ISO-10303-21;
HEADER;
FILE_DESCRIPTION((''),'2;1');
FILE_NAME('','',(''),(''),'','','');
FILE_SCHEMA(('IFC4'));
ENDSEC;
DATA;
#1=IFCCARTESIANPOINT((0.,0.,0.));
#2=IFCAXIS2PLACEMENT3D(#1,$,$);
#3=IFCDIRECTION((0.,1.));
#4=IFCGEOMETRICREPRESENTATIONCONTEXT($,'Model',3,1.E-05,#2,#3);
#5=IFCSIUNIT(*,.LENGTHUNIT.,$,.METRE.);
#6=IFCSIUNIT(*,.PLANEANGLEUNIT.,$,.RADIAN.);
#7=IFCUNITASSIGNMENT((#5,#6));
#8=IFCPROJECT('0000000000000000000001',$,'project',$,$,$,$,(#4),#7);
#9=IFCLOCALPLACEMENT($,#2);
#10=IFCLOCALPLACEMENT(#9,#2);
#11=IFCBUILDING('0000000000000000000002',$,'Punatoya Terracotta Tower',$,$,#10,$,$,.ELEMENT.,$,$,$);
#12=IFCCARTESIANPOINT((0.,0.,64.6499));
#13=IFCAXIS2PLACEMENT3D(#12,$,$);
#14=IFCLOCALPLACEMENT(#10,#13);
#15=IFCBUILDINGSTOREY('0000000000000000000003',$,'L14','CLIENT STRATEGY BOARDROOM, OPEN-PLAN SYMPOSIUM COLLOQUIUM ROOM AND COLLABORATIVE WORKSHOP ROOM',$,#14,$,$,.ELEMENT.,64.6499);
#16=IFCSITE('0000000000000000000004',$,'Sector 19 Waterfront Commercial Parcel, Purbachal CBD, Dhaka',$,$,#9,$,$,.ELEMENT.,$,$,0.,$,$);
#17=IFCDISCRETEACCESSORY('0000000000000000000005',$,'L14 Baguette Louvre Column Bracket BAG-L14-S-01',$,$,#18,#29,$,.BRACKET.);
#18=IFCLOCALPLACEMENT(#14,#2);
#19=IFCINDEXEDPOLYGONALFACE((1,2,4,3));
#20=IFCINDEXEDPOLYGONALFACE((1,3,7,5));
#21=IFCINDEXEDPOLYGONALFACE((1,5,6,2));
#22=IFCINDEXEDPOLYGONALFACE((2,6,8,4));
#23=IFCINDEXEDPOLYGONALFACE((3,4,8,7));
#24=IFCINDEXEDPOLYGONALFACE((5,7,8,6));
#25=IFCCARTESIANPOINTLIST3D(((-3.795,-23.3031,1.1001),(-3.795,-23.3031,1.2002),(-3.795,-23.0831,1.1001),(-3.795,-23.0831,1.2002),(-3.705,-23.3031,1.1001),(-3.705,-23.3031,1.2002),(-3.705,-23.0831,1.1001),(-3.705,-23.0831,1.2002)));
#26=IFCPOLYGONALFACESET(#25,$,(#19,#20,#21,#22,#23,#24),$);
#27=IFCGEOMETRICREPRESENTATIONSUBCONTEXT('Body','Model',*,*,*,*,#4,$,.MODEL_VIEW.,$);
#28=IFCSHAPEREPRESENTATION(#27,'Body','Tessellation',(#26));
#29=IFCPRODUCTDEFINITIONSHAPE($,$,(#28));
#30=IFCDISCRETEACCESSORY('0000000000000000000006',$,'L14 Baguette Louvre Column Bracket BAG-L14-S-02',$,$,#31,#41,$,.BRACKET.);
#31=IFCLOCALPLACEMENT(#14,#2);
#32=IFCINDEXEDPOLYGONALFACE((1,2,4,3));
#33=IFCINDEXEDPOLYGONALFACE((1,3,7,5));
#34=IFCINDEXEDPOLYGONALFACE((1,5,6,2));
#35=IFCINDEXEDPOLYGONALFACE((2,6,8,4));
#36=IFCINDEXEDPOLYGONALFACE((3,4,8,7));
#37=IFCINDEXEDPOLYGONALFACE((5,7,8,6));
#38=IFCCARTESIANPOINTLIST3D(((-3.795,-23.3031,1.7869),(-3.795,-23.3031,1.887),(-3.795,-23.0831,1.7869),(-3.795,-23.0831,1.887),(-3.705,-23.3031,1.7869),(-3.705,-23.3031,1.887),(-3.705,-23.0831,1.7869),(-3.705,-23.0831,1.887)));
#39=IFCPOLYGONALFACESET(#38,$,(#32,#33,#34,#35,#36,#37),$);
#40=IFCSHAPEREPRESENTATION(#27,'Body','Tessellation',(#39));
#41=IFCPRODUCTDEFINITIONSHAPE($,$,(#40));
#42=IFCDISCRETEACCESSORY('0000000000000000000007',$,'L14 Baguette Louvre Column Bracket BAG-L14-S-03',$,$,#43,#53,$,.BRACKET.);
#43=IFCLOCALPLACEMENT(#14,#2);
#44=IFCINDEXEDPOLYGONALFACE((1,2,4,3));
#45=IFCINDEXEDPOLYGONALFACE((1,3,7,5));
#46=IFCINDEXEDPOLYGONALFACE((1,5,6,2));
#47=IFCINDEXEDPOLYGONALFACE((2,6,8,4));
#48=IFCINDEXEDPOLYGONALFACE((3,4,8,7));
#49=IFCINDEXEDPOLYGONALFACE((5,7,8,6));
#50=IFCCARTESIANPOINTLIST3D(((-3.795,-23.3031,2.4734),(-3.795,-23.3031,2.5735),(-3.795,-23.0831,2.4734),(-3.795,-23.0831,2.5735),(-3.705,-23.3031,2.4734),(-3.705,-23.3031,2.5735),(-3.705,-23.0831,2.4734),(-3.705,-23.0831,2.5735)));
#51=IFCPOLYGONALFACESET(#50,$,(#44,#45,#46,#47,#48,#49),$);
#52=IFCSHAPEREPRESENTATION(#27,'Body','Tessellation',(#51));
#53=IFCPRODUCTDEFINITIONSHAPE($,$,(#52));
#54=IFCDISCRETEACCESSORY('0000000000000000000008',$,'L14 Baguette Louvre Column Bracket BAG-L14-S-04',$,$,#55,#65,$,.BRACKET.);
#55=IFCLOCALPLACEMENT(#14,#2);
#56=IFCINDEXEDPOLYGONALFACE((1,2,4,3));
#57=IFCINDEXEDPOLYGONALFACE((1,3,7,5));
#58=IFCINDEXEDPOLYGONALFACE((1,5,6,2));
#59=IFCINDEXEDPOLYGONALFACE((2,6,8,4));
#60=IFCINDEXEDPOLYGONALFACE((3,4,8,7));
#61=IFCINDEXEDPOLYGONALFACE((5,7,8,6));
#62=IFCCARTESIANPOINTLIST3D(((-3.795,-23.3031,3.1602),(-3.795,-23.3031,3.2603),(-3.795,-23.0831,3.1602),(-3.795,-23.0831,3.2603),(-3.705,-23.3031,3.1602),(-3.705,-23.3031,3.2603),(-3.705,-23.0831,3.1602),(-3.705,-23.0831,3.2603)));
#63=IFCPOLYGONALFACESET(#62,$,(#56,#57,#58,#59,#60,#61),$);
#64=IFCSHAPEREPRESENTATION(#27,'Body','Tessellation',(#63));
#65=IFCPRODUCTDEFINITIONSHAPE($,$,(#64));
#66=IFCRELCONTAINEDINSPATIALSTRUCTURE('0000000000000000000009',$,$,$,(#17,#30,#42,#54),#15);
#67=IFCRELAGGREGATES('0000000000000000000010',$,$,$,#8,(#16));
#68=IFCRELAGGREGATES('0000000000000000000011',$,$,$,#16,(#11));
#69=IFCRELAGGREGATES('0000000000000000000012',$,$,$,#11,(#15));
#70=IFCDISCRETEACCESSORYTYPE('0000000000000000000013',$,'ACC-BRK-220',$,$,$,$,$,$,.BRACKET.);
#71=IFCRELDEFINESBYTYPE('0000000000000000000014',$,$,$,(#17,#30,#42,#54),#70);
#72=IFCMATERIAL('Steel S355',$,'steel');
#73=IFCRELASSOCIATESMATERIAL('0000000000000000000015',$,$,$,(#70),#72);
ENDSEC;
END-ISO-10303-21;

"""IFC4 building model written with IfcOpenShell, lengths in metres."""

from ifc_helpers import new_model, si_unit, direction, frame, origin, origin_2d, place, context, subcontext, project, spatial, rectangle, extrude, material, type_object, element, save


model = new_model("IFC4")

# Units and contexts
model_context = context("Model", 3, precision=1e-05, world=origin(), true_north=direction((0.0, 1.0)))
body_context = subcontext(model_context, "Body", "Model", "MODEL_VIEW")
ifc_project = project(units=[si_unit("LENGTHUNIT", "METRE"), si_unit("PLANEANGLEUNIT", "RADIAN")], contexts=[model_context])

# Site, building, storey
site_placement = place(None, origin())
site = spatial("IfcSite", under=ifc_project, at=site_placement, Name="Sector 19 Waterfront Commercial Parcel, Purbachal CBD, Dhaka", CompositionType="ELEMENT", RefElevation=0.0)
building_placement = place(site_placement, origin())
building = spatial("IfcBuilding", under=site, at=building_placement, Name="Punatoya Terracotta Tower", CompositionType="ELEMENT")
storey_placement = place(building_placement, frame((0.0, 0.0, 64.6499)))
storey = spatial("IfcBuildingStorey", under=building, at=storey_placement, Name="L14", Description="CLIENT STRATEGY BOARDROOM, OPEN-PLAN SYMPOSIUM COLLOQUIUM ROOM AND COLLABORATIVE WORKSHOP ROOM", CompositionType="ELEMENT", Elevation=64.6499)

# Shared definitions
ifc_material_1 = material(Name="Steel S355", Category="steel")

# Discrete accessories
discrete_accessory_type = type_object("IfcDiscreteAccessoryType", Name="ACC-BRK-220", PredefinedType="BRACKET", material=ifc_material_1)
for number, where, z_axis, x_axis, name in (
    (1, (-3.75, -23.1931, 1.1001), (0.0, 0.0, 1.0), (1.0, 0.0, 0.0), "L14 Baguette Louvre Column Bracket BAG-L14-S-01"),
    (2, (-3.75, -23.1931, 1.7869), (0.0, 0.0, 1.0), (1.0, 0.0, 0.0), "L14 Baguette Louvre Column Bracket BAG-L14-S-02"),
    (3, (-3.75, -23.1931, 2.4734), (0.0, 0.0, 1.0), (1.0, 0.0, 0.0), "L14 Baguette Louvre Column Bracket BAG-L14-S-03"),
    (4, (-3.75, -23.1931, 3.1602), (0.0, 0.0, 1.0), (1.0, 0.0, 0.0), "L14 Baguette Louvre Column Bracket BAG-L14-S-04"),
):
    element("IfcDiscreteAccessory", number, at=place(storey_placement, frame(where, z_axis=z_axis, x_axis=x_axis)), inside=storey, type_object=discrete_accessory_type, Name=name, PredefinedType="BRACKET", context=body_context, shape_type="SweptSolid", body=[
        extrude(rectangle(XDim=0.0901, YDim=0.22, at=origin_2d()), origin(), (0.0, 0.0, 1.0), 0.1001),
    ])

save(model, "model.ifc")
